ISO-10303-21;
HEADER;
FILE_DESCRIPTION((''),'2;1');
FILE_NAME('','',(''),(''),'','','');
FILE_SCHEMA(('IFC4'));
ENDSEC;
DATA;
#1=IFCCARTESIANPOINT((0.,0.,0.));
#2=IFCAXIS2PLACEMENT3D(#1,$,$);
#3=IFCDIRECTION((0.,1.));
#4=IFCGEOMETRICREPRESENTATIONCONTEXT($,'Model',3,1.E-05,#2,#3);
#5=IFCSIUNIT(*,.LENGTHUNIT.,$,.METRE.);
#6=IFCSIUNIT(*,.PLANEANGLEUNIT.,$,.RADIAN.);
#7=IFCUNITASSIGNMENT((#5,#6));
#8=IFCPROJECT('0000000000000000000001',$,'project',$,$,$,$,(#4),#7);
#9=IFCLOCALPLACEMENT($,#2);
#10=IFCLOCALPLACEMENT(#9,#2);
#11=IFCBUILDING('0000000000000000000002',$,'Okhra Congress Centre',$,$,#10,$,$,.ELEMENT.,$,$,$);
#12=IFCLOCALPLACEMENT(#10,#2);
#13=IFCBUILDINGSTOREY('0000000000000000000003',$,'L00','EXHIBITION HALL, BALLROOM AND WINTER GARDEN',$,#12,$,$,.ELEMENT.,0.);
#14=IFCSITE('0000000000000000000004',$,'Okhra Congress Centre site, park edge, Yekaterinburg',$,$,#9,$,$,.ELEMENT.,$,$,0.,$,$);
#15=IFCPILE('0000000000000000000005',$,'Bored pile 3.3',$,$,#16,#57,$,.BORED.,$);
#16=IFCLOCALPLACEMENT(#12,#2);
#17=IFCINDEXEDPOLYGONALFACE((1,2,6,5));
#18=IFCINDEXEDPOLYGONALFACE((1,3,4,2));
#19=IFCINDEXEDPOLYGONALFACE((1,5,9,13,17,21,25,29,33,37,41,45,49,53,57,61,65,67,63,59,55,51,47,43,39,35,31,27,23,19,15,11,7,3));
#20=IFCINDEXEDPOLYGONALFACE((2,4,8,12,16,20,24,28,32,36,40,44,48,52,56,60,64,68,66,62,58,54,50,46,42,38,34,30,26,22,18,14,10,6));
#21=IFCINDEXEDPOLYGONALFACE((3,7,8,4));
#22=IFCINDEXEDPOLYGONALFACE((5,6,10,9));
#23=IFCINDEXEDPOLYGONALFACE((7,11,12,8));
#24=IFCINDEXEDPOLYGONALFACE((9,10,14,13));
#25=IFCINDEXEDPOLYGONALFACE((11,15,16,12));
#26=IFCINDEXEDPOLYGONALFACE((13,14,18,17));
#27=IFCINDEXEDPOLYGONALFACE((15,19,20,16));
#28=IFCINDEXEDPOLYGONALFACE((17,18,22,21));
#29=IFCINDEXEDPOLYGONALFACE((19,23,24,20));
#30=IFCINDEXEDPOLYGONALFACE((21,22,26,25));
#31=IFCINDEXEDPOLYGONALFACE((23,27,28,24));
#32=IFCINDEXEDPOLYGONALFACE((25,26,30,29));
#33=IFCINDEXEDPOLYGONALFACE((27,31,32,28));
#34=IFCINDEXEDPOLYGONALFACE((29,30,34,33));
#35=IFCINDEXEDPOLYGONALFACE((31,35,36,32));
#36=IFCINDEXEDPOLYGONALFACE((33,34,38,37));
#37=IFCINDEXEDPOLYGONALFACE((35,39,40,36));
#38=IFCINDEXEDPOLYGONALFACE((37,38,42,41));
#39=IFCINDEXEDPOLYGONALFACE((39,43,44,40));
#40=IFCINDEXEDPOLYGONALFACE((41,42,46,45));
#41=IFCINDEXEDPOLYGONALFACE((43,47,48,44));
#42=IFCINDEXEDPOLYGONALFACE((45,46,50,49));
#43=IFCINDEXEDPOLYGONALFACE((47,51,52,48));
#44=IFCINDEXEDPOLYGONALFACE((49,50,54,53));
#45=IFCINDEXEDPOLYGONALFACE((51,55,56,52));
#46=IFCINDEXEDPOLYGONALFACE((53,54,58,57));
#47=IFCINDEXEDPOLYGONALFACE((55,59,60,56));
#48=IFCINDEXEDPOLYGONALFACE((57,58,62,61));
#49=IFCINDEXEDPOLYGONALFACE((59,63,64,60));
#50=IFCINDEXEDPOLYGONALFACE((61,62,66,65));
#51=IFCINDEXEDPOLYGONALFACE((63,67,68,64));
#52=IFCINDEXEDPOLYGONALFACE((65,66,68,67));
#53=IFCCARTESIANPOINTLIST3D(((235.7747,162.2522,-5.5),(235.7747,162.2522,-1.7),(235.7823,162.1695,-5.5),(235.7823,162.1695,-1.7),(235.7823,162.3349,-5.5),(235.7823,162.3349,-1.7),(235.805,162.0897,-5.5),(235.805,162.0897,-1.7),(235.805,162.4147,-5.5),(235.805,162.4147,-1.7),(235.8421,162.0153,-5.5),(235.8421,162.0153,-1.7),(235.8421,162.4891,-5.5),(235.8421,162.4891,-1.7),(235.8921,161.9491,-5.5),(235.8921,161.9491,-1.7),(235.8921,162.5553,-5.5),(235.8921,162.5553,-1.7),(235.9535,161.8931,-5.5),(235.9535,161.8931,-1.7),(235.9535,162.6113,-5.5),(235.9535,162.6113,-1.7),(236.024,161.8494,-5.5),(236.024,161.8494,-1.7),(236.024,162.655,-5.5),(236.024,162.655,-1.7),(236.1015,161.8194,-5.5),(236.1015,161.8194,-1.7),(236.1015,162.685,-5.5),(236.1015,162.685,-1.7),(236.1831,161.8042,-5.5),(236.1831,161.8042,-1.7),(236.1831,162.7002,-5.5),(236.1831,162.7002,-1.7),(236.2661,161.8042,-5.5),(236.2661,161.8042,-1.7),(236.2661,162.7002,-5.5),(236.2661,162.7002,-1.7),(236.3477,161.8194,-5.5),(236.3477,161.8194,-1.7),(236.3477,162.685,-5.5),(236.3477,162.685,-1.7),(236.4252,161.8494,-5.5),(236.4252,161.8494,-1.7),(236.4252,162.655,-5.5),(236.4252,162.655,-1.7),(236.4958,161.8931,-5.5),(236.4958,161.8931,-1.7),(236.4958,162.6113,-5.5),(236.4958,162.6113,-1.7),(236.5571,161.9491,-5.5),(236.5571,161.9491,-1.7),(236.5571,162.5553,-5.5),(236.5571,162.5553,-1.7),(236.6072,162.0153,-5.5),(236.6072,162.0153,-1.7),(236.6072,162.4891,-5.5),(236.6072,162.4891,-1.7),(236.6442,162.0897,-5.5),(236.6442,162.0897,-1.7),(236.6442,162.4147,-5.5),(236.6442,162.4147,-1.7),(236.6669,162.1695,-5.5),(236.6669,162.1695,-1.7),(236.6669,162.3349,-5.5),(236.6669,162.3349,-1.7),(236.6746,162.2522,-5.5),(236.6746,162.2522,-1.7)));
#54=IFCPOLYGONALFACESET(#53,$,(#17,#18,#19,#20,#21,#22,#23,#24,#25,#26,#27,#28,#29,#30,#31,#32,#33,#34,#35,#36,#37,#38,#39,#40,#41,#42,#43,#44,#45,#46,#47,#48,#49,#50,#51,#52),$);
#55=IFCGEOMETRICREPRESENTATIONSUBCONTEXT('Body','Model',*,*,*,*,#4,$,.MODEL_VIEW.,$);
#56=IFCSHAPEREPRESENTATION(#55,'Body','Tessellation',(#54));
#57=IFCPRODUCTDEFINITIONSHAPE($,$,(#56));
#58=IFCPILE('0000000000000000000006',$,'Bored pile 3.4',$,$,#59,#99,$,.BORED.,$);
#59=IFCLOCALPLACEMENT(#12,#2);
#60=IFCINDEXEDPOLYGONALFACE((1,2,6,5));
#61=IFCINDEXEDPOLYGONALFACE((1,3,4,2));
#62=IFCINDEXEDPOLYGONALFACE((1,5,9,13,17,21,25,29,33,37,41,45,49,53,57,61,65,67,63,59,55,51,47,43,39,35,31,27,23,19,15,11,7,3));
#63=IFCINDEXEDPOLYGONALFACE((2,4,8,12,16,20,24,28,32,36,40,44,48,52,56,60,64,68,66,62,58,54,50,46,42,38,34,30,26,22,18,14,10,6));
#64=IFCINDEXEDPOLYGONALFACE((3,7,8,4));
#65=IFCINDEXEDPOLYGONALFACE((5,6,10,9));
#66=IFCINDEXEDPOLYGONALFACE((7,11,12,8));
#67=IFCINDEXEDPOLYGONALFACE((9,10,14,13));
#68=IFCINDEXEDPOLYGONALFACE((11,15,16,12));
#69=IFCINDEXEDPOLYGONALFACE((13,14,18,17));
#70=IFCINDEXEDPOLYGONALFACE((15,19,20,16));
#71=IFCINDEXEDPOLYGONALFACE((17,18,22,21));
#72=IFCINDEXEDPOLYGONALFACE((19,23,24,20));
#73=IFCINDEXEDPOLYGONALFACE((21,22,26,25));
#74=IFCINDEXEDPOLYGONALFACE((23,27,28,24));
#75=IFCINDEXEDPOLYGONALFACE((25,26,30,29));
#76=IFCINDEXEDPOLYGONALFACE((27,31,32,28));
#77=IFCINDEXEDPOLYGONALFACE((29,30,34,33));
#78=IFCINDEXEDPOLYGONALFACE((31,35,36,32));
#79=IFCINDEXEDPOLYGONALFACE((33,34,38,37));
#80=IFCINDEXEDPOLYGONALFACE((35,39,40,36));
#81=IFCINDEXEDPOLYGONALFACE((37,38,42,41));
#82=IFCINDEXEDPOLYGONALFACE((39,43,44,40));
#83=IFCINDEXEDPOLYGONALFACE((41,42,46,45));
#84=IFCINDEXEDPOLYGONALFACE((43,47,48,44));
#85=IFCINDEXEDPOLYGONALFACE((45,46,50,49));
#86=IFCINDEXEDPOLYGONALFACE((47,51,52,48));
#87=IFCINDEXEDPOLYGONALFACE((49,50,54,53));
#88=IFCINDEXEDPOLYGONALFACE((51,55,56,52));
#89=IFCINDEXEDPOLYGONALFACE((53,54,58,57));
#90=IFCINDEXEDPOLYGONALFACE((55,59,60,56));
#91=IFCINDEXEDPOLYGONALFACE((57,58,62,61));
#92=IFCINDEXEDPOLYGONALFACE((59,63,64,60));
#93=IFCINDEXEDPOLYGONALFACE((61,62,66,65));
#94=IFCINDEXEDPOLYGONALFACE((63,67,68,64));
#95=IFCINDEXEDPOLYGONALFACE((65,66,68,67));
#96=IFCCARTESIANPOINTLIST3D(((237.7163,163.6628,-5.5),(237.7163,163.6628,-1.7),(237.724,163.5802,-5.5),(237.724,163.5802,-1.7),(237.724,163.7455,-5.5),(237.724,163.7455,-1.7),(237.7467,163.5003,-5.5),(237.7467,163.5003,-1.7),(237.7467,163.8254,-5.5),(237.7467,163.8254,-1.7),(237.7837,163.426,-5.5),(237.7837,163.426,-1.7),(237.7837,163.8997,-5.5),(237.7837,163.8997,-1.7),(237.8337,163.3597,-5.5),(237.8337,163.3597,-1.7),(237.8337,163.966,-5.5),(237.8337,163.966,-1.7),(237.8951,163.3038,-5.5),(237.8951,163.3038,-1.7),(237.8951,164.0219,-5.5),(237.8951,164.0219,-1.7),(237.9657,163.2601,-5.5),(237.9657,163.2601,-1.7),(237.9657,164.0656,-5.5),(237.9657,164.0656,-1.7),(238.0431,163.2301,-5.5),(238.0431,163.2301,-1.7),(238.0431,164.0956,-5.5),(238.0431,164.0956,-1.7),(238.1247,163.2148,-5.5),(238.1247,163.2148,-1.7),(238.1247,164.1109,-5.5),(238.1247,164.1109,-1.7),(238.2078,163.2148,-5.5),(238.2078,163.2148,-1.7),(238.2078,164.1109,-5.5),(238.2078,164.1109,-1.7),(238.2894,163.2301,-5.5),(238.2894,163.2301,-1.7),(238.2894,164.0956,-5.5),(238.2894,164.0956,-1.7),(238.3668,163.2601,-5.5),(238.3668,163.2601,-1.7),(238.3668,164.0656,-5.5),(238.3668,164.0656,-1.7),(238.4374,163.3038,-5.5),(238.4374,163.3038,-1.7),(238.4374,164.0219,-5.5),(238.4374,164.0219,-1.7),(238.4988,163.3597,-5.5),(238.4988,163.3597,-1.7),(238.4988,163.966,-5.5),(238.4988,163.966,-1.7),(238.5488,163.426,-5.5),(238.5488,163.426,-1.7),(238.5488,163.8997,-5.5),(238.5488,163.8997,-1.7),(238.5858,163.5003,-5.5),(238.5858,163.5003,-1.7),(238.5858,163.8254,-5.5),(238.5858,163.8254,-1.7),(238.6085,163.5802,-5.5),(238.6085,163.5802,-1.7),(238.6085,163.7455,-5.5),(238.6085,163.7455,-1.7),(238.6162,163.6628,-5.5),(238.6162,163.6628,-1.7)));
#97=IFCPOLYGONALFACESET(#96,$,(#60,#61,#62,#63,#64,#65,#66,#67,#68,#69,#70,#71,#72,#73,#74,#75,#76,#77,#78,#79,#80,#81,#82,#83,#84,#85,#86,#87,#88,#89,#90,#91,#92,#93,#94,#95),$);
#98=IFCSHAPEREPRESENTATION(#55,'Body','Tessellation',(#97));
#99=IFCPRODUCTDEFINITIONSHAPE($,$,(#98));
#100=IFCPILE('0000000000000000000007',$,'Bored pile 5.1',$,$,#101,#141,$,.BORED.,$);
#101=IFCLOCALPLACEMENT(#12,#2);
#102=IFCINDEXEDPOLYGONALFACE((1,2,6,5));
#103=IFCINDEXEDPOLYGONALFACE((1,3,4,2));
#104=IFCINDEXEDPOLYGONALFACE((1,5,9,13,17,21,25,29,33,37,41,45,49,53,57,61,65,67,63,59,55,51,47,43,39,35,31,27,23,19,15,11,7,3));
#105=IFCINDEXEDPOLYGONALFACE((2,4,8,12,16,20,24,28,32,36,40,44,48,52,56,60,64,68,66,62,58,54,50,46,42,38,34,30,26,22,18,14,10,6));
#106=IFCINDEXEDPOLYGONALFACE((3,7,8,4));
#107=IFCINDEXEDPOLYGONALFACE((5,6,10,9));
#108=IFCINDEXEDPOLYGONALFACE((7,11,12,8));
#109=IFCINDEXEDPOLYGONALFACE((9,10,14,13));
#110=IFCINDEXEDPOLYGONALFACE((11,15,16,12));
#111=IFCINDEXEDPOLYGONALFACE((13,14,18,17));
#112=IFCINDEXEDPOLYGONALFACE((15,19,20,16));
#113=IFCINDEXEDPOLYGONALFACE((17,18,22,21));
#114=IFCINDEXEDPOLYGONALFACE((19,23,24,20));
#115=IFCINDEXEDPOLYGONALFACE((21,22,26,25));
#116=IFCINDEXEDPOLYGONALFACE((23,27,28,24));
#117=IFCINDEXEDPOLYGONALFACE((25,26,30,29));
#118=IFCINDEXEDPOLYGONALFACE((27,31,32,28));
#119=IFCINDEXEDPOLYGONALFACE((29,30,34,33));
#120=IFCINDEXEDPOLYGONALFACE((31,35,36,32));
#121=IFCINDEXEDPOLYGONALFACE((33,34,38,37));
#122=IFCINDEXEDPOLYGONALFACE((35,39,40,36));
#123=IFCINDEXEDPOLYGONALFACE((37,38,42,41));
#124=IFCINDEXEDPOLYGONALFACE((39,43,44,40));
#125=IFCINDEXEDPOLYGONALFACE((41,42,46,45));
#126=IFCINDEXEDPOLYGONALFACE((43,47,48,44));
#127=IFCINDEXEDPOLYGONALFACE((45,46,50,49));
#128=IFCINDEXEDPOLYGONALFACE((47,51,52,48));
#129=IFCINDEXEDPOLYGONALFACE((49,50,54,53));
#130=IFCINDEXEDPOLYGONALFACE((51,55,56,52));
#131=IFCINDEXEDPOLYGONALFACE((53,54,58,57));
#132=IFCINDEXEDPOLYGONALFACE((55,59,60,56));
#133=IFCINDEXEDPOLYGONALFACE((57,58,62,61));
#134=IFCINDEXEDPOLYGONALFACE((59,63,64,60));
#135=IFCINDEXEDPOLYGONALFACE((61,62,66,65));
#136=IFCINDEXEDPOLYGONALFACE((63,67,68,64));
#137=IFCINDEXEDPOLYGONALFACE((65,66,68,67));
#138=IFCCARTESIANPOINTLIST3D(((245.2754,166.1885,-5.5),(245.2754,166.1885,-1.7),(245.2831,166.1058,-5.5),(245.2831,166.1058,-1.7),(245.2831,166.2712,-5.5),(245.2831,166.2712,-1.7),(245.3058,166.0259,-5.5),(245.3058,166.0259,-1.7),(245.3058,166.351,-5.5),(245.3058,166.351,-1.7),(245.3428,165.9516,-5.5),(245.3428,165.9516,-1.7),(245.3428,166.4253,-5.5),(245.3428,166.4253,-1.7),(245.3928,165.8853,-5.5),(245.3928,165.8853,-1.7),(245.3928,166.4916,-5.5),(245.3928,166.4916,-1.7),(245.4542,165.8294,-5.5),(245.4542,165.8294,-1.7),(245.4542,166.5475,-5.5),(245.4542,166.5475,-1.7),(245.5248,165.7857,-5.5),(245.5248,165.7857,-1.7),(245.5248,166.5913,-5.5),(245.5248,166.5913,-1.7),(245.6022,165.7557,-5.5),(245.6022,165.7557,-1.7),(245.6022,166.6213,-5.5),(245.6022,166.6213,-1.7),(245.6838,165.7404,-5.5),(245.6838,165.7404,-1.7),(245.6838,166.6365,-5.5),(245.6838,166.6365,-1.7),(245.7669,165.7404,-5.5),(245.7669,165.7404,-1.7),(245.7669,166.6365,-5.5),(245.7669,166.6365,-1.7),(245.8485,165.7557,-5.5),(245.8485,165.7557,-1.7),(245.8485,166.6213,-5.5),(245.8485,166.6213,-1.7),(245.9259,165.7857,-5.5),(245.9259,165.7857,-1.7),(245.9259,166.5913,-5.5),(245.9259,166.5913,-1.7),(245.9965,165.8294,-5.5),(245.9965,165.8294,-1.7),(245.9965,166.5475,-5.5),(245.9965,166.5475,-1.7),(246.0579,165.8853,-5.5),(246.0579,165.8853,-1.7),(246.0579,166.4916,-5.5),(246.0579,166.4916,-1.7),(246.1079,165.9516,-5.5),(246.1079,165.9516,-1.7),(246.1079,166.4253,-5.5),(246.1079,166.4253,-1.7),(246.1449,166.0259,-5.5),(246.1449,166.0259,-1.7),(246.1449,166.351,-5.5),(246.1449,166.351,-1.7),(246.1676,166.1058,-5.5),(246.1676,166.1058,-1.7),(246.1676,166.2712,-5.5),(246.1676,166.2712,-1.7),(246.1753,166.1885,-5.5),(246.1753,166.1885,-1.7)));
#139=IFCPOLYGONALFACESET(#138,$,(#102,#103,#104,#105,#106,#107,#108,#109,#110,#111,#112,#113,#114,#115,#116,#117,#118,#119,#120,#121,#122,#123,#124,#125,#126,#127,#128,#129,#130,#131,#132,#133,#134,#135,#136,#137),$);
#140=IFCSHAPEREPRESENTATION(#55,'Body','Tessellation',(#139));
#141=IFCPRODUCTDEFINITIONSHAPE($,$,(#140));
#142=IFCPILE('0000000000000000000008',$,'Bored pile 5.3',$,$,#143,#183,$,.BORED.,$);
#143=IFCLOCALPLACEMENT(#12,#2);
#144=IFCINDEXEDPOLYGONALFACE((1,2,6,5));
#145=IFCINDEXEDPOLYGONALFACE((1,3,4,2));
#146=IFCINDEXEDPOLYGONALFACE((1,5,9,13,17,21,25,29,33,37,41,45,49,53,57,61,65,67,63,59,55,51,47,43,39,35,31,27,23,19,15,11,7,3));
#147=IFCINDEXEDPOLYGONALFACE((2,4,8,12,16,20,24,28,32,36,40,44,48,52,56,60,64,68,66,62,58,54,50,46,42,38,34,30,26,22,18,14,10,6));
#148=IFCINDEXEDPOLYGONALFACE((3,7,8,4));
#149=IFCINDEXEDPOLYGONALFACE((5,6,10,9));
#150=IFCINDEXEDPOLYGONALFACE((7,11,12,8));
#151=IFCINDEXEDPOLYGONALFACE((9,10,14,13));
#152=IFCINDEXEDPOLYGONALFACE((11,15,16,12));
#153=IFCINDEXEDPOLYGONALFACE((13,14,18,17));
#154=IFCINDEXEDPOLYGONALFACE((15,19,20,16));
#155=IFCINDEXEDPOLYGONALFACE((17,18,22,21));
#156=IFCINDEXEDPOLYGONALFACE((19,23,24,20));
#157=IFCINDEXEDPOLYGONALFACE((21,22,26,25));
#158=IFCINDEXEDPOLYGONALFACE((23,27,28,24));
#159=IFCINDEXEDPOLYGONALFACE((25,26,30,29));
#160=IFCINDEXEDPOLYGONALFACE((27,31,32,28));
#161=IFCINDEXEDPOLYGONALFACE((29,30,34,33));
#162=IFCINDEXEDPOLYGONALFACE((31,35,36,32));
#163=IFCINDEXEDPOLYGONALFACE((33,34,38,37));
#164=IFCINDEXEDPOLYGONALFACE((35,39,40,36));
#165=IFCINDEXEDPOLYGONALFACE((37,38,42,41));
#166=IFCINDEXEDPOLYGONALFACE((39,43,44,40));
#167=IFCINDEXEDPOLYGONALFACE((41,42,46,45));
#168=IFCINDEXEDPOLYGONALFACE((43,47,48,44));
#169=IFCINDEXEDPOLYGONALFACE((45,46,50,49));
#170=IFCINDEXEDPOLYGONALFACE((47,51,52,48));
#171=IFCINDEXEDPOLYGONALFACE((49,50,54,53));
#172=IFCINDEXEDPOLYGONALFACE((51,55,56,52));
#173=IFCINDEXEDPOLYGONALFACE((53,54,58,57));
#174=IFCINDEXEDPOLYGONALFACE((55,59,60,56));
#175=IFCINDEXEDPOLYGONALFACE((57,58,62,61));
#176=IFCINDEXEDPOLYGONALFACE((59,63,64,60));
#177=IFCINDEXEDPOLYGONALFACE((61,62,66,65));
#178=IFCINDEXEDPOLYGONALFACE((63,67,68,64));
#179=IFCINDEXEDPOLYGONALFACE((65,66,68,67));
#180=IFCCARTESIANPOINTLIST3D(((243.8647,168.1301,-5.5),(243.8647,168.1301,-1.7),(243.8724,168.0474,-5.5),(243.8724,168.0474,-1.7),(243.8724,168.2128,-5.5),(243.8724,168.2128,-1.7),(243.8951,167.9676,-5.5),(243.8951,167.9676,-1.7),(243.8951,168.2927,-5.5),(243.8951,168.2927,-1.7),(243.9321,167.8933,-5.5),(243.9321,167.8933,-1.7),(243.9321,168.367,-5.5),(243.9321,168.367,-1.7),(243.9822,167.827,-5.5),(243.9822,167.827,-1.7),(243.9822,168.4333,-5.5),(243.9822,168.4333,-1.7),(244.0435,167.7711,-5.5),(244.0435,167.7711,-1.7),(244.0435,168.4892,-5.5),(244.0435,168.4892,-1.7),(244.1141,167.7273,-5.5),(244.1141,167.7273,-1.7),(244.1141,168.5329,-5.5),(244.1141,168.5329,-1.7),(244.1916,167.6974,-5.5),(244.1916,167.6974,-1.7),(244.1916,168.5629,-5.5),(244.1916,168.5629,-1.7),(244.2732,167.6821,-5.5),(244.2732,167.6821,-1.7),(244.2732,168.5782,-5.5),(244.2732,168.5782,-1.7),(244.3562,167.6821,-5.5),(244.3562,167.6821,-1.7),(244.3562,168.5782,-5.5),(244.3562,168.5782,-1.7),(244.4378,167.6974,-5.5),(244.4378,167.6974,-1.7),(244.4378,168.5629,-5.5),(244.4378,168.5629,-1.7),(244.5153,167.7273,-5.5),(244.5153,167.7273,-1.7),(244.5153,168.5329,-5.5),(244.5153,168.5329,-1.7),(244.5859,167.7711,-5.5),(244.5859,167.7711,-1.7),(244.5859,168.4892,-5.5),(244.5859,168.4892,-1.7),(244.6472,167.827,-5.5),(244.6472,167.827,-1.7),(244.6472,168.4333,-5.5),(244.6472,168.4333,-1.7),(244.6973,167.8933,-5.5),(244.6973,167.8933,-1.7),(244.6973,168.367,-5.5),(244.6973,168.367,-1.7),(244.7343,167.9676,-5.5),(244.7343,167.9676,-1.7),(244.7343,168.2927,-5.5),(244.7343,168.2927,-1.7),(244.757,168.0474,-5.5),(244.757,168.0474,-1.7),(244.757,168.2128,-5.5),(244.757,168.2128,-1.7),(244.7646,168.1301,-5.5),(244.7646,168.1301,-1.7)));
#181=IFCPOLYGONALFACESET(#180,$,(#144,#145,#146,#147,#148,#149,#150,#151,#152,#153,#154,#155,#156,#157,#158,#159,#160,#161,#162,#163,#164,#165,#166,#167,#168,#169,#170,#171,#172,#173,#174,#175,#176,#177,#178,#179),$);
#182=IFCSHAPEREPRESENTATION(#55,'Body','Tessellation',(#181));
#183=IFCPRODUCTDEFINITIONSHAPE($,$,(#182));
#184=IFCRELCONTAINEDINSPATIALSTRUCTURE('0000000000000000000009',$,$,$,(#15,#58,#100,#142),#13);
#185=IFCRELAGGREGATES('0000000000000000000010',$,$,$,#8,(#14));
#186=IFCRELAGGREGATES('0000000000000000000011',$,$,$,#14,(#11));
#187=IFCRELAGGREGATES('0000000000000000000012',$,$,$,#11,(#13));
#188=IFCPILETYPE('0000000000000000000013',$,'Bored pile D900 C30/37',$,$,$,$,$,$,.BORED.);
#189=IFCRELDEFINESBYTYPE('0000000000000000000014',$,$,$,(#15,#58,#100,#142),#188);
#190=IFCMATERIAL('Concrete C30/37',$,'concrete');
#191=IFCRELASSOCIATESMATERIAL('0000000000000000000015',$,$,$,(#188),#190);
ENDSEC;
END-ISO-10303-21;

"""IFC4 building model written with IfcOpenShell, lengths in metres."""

from ifc_helpers import new_model, si_unit, direction, frame, origin, origin_2d, place, context, subcontext, project, spatial, circle, extrude, material, material_profile, profile_set, type_object, element, save


model = new_model("IFC4")

# Units and contexts
model_context = context("Model", 3, precision=1e-05, world=origin(), true_north=direction((0.0, 1.0)))
body_context = subcontext(model_context, "Body", "Model", "MODEL_VIEW")
ifc_project = project(units=[si_unit("LENGTHUNIT", "METRE"), si_unit("PLANEANGLEUNIT", "RADIAN")], contexts=[model_context])

# Site, building, storey
site_placement = place(None, origin())
site = spatial("IfcSite", under=ifc_project, at=site_placement, Name="Okhra Congress Centre site, park edge, Yekaterinburg", CompositionType="ELEMENT", RefElevation=0.0)
building_placement = place(site_placement, origin())
building = spatial("IfcBuilding", under=site, at=building_placement, Name="Okhra Congress Centre", CompositionType="ELEMENT")
storey_placement = place(building_placement, origin())
storey = spatial("IfcBuildingStorey", under=building, at=storey_placement, Name="L00", Description="EXHIBITION HALL, BALLROOM AND WINTER GARDEN", CompositionType="ELEMENT", Elevation=0.0)

# Piles
ifc_material_1 = material(Name="Concrete C30/37", Category="concrete")
ifc_material_profile_1 = material_profile(ifc_material_1, circle(Radius=0.45, at=origin_2d()), Name="D900")
ifc_profile_set_1 = profile_set([ifc_material_profile_1], Name="Concrete C30/37")
pile_type = type_object("IfcPileType", Name="Bored pile D900 C30/37", PredefinedType="BORED", material=ifc_profile_set_1)
for number, where, z_axis, x_axis, name in (
    (1, (236.2246, 162.2522, -1.7), (0.0, 0.0, -1.0), (1.0, 0.0, 0.0), "Bored pile 3.3"),
    (2, (238.1663, 163.6628, -1.7), (0.0, 0.0, -1.0), (1.0, 0.0, 0.0), "Bored pile 3.4"),
    (3, (245.7253, 166.1885, -1.7), (0.0, 0.0, -1.0), (1.0, 0.0, 0.0), "Bored pile 5.1"),
    (4, (244.3147, 168.1301, -1.7), (0.0, 0.0, -1.0), (1.0, 0.0, 0.0), "Bored pile 5.3"),
):
    element("IfcPile", number, at=place(storey_placement, frame(where, z_axis=z_axis, x_axis=x_axis)), inside=storey, type_object=pile_type, Name=name, PredefinedType="BORED", context=body_context, shape_type="SweptSolid", body=[
        extrude(circle(Radius=0.45, at=origin_2d()), origin(), (0.0, 0.0, 1.0), 3.8),
    ])

save(model, "model.ifc")
